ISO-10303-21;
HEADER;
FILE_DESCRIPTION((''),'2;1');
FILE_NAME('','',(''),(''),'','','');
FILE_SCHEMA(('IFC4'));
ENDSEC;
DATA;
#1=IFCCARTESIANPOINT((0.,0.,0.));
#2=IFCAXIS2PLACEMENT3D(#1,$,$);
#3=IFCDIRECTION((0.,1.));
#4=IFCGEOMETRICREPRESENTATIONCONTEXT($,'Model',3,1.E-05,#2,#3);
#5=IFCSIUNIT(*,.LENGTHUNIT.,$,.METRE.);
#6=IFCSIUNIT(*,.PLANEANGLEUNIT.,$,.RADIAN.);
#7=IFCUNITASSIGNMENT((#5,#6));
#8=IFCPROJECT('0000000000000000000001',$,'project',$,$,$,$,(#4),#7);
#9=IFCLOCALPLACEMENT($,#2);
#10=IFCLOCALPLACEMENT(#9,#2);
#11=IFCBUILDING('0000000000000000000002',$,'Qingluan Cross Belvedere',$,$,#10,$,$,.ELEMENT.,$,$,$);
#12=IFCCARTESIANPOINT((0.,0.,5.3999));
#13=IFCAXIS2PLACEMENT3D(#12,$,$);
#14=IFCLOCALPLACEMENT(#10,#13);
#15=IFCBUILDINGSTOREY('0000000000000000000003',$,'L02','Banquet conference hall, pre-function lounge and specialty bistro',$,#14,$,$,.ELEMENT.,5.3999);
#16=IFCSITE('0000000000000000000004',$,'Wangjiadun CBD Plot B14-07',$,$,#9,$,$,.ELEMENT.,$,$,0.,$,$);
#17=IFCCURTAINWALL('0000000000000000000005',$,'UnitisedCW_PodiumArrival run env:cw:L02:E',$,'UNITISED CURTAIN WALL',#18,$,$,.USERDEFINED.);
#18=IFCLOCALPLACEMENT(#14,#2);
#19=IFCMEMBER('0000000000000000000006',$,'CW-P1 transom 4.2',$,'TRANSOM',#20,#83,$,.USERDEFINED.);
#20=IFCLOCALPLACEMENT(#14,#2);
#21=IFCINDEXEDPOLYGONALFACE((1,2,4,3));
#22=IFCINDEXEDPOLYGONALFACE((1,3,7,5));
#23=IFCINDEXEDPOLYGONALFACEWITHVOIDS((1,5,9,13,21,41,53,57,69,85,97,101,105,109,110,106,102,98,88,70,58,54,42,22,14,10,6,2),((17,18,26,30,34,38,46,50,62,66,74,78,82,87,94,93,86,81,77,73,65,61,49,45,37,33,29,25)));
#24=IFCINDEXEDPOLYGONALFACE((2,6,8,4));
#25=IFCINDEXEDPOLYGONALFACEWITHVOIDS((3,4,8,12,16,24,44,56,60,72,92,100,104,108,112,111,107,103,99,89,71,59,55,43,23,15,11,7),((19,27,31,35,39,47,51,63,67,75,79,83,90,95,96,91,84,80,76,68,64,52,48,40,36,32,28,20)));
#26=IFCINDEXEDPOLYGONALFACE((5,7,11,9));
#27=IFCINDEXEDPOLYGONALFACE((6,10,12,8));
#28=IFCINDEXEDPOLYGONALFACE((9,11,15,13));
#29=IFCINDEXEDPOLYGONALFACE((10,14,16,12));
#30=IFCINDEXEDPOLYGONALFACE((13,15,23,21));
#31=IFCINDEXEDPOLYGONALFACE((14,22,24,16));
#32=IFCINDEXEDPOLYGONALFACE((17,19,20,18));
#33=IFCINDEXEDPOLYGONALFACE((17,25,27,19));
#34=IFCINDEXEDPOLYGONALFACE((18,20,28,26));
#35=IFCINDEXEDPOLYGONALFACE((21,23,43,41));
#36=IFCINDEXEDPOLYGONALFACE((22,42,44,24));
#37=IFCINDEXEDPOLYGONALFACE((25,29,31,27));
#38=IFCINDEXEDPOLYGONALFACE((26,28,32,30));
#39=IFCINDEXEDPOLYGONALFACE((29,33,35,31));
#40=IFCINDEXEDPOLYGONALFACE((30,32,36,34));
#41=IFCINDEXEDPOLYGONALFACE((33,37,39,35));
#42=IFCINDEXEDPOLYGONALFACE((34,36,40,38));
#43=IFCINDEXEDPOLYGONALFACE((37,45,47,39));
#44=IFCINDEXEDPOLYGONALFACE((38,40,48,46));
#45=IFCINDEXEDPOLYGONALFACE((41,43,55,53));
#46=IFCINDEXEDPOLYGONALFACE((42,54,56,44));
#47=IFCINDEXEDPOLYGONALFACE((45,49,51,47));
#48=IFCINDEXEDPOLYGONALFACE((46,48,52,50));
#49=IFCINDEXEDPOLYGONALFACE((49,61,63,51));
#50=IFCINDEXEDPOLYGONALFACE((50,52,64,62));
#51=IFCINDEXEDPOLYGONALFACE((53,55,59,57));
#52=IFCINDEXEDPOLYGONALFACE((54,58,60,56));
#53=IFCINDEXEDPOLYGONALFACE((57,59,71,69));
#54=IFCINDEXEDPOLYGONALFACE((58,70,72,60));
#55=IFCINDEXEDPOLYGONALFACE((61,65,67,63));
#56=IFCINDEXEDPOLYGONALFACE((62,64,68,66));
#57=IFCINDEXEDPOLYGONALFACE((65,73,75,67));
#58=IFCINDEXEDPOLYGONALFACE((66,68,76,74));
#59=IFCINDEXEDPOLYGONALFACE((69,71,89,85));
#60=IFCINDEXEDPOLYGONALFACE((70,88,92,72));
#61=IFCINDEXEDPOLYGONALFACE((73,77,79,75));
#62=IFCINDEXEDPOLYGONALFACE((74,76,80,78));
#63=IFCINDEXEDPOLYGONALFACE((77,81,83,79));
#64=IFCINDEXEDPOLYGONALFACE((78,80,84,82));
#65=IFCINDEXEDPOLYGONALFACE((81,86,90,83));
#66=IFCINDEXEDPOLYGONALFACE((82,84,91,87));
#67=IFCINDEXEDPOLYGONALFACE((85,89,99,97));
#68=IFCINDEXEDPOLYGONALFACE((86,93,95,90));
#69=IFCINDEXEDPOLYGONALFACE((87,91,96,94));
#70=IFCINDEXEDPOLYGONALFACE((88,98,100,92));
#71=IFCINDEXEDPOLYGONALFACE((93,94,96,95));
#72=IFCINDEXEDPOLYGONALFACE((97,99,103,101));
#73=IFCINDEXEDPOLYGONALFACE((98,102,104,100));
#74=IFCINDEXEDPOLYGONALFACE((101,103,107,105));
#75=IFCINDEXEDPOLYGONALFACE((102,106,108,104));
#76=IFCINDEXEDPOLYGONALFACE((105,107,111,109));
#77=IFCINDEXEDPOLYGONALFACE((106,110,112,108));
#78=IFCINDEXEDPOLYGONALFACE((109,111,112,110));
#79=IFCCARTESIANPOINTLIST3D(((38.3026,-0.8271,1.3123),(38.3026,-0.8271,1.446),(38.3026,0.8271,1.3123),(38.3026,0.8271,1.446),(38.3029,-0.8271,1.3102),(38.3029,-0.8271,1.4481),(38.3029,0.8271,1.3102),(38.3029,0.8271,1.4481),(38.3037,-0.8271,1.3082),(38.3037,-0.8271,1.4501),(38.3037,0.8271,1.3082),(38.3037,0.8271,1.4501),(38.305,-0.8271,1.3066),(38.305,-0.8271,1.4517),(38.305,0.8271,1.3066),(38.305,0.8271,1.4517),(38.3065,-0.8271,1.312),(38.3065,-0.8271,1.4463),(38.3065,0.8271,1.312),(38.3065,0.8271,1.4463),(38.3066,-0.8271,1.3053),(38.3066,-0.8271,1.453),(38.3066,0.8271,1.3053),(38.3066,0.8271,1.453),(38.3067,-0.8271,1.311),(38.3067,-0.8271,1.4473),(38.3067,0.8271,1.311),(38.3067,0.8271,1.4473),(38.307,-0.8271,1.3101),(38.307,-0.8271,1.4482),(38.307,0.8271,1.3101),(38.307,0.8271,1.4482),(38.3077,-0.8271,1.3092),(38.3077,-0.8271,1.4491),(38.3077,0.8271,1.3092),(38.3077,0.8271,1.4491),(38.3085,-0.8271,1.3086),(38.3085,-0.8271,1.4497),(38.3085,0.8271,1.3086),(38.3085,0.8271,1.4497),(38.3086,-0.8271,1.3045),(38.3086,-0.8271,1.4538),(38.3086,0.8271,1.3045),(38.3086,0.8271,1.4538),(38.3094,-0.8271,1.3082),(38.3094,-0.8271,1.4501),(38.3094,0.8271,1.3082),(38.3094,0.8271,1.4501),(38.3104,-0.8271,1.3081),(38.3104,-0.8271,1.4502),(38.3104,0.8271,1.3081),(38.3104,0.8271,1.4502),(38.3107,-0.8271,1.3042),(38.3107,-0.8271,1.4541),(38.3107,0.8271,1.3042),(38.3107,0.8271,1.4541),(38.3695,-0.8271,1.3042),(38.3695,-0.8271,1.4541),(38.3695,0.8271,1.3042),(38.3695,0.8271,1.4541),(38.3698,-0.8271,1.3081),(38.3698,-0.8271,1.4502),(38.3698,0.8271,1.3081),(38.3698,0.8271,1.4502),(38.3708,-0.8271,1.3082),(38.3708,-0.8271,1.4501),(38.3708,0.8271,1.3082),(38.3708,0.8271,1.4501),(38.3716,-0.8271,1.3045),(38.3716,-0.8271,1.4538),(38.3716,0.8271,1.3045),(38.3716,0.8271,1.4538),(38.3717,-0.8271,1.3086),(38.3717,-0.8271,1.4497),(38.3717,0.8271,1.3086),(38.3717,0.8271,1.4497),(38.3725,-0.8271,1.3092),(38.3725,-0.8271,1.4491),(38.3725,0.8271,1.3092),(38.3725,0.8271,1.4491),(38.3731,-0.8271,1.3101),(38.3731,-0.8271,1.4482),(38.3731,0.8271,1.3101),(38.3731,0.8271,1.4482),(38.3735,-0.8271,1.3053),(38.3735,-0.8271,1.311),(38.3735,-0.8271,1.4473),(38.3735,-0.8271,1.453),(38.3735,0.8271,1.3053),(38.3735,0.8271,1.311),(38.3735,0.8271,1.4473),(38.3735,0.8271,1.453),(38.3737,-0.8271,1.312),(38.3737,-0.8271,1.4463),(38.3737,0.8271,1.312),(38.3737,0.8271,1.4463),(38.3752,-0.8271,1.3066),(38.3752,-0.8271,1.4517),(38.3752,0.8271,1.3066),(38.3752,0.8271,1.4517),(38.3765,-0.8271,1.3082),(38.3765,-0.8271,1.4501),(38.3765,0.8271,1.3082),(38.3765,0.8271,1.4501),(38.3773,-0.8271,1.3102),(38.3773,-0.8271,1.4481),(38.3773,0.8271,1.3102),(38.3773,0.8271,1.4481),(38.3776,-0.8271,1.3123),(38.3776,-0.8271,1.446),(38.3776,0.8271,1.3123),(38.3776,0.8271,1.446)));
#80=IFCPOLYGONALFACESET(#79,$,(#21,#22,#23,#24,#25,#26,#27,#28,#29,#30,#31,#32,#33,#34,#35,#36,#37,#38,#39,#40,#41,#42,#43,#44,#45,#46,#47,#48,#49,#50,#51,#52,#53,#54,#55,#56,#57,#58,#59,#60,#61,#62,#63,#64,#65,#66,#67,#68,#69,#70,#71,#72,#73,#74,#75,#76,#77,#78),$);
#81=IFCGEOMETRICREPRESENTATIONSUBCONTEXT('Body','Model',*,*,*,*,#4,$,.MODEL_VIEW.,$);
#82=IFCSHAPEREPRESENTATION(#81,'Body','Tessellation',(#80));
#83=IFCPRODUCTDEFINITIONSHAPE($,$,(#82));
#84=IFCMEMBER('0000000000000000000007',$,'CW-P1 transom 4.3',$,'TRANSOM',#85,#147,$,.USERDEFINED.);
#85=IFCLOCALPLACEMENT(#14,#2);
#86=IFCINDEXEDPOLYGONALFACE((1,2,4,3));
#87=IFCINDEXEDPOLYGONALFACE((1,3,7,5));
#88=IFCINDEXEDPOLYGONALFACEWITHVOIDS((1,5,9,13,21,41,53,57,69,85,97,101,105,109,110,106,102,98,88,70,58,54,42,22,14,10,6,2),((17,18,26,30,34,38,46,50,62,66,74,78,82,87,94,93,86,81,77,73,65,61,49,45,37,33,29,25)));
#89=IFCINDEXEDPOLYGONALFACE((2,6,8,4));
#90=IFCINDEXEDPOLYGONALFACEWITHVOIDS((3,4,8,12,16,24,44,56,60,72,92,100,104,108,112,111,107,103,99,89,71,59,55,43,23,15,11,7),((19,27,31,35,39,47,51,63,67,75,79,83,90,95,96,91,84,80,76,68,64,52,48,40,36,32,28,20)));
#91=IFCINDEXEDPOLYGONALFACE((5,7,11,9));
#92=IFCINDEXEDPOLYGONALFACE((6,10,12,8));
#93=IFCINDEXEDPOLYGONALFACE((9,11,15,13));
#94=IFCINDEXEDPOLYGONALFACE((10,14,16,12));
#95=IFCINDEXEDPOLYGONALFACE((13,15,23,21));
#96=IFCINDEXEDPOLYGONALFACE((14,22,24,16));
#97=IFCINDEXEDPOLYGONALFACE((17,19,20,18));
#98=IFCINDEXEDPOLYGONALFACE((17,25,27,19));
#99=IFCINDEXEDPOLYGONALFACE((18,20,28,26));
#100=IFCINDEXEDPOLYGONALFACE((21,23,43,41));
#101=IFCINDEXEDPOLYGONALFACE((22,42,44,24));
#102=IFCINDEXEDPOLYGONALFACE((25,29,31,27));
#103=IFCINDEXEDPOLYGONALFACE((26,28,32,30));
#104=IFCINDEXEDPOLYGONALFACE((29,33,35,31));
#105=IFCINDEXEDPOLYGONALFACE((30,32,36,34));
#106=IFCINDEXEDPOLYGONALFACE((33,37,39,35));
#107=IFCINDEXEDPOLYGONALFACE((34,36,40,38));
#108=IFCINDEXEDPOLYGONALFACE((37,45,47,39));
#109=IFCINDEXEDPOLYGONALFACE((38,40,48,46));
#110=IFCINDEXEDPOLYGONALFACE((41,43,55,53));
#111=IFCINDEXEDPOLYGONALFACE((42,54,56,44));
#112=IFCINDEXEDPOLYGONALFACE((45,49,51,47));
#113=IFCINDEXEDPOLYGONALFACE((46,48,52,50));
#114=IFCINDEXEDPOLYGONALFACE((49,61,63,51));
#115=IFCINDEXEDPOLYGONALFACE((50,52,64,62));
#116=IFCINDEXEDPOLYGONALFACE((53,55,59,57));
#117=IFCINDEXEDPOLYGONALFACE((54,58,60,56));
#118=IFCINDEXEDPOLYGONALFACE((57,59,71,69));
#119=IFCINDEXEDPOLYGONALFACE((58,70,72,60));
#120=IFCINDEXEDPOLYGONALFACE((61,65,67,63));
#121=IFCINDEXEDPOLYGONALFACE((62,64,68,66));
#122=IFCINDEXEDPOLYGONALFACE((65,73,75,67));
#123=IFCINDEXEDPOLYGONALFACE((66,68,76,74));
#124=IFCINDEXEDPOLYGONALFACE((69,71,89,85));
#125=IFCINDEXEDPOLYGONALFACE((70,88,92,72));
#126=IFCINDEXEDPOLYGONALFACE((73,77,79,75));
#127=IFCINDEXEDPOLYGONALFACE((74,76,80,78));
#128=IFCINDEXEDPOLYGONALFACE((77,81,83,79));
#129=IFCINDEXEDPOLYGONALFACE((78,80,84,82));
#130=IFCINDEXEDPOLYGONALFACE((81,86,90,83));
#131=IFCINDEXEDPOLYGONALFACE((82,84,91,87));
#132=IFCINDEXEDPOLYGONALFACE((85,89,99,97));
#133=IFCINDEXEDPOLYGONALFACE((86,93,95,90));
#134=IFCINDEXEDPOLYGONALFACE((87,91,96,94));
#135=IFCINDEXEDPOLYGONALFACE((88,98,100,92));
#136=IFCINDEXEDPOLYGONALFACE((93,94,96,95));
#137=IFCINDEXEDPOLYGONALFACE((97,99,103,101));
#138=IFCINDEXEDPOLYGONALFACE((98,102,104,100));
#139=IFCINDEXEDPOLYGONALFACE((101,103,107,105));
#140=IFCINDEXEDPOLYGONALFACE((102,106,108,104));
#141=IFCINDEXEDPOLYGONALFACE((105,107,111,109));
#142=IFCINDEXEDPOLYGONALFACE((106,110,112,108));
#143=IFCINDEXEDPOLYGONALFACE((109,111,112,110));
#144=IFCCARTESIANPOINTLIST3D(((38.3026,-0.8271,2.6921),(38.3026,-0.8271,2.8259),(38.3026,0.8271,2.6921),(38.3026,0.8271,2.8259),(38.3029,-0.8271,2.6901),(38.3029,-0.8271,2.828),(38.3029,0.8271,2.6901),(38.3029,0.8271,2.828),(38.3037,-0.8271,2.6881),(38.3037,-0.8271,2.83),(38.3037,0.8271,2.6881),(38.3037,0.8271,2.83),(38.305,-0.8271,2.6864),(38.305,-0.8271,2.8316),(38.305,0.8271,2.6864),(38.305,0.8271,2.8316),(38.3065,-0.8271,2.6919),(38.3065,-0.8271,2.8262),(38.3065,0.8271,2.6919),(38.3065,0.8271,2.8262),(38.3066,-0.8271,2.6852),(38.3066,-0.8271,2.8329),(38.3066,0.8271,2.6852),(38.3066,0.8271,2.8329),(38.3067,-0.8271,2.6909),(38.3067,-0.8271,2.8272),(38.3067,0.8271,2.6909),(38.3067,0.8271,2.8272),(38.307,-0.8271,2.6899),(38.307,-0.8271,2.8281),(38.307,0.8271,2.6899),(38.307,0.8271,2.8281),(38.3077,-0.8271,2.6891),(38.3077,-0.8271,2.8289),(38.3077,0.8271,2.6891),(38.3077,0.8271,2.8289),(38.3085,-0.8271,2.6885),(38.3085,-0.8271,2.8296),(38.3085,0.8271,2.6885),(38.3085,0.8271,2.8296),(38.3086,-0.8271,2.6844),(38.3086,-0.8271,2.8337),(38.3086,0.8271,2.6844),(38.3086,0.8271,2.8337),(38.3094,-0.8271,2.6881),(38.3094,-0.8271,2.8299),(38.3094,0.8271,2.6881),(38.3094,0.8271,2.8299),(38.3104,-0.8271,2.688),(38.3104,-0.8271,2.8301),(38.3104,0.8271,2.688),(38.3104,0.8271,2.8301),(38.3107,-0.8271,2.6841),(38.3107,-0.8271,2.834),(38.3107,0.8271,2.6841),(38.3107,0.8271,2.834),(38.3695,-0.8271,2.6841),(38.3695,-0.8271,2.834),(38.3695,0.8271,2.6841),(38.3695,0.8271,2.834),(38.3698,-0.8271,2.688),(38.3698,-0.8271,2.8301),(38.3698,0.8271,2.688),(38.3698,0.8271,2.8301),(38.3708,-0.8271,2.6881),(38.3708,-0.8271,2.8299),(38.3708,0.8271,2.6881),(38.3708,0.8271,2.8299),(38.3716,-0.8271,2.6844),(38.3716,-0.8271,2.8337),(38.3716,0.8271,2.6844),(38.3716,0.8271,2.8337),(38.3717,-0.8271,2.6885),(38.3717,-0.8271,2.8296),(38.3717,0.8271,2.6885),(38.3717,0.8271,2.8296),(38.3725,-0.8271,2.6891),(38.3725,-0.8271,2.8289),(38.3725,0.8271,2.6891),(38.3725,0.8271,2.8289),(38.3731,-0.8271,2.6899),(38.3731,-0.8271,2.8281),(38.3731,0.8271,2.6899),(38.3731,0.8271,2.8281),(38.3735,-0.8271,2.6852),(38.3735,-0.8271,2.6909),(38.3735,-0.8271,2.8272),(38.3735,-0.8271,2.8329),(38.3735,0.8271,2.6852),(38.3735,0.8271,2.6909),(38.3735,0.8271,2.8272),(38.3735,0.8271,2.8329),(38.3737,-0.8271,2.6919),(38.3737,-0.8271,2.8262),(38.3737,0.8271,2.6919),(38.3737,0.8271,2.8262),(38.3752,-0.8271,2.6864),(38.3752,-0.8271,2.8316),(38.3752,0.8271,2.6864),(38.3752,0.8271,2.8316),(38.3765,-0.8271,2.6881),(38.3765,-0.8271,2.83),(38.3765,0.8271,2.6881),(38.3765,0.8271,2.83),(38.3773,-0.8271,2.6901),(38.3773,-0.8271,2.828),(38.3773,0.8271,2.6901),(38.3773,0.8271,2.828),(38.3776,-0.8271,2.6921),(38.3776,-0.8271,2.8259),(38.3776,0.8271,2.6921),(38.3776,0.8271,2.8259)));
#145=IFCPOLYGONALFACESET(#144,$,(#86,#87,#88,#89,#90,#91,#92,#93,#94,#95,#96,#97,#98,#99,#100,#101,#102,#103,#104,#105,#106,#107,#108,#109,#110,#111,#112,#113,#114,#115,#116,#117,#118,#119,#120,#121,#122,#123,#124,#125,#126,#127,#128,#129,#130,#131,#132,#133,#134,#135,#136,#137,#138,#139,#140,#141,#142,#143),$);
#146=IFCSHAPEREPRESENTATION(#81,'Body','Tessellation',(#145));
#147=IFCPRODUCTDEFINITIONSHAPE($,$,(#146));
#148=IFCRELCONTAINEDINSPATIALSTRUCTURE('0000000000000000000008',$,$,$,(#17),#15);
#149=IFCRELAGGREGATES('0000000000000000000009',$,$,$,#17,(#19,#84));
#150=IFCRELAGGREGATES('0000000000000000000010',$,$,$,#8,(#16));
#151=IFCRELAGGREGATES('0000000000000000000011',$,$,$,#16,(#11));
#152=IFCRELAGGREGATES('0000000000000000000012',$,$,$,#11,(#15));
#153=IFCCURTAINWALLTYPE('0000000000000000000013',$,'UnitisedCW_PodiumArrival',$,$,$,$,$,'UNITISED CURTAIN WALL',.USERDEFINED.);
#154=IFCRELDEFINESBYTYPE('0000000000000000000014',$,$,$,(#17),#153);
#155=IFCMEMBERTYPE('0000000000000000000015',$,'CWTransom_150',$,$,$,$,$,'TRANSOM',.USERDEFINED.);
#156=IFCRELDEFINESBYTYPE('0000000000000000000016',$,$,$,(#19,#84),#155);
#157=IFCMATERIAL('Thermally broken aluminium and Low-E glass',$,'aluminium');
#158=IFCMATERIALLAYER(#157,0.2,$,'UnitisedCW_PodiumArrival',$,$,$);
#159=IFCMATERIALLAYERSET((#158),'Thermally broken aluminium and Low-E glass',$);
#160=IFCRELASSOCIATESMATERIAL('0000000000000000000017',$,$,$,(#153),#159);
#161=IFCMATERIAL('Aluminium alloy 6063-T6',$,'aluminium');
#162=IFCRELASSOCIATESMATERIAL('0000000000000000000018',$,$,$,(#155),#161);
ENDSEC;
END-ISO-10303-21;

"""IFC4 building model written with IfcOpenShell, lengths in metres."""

from ifc_helpers import new_model, si_unit, direction, frame, origin, origin_2d, place, context, subcontext, project, spatial, hollow_rectangle, extrude, material, layer, layer_set, material_profile, profile_set, type_object, element, aggregate, save


model = new_model("IFC4")

# Units and contexts
model_context = context("Model", 3, precision=1e-05, world=origin(), true_north=direction((0.0, 1.0)))
body_context = subcontext(model_context, "Body", "Model", "MODEL_VIEW")
ifc_project = project(units=[si_unit("LENGTHUNIT", "METRE"), si_unit("PLANEANGLEUNIT", "RADIAN")], contexts=[model_context])

# Site, building, storey
site_placement = place(None, origin())
site = spatial("IfcSite", under=ifc_project, at=site_placement, Name="Wangjiadun CBD Plot B14-07", CompositionType="ELEMENT", RefElevation=0.0)
building_placement = place(site_placement, origin())
building = spatial("IfcBuilding", under=site, at=building_placement, Name="Qingluan Cross Belvedere", CompositionType="ELEMENT")
storey_placement = place(building_placement, frame((0.0, 0.0, 5.3999)))
storey = spatial("IfcBuildingStorey", under=building, at=storey_placement, Name="L02", Description="Banquet conference hall, pre-function lounge and specialty bistro", CompositionType="ELEMENT", Elevation=5.3999)

# Curtain wall, members
ifc_material_1 = material(Name="Thermally broken aluminium and Low-E glass", Category="aluminium")
ifc_layer_1 = layer(ifc_material_1, 0.2, Name="UnitisedCW_PodiumArrival")
ifc_layer_set_1 = layer_set([ifc_layer_1], Name="Thermally broken aluminium and Low-E glass")
curtain_wall_type = type_object("IfcCurtainWallType", Name="UnitisedCW_PodiumArrival", ElementType="UNITISED CURTAIN WALL", PredefinedType="USERDEFINED", material=ifc_layer_set_1)
curtain_wall_placement = place(storey_placement, origin())
curtain_wall = element("IfcCurtainWall", 1, at=curtain_wall_placement, inside=storey, type_object=curtain_wall_type, Name="UnitisedCW_PodiumArrival run env:cw:L02:E", ObjectType="UNITISED CURTAIN WALL", PredefinedType="USERDEFINED")
ifc_material_2 = material(Name="Aluminium alloy 6063-T6", Category="aluminium")
ifc_material_profile_1 = material_profile(ifc_material_2, hollow_rectangle(XDim=0.075, YDim=0.1499, WallThickness=0.0039, InnerFilletRadius=0.0039, OuterFilletRadius=0.0081, at=origin_2d()), Name="CWT150x75x4")
ifc_profile_set_1 = profile_set([ifc_material_profile_1], Name="Aluminium alloy 6063-T6")
member_type_1 = type_object("IfcMemberType", Name="CWTransom_150", ElementType="TRANSOM", PredefinedType="USERDEFINED", material=ifc_profile_set_1)
member_1_placement = place(storey_placement, frame((38.3401, 0.8271, 1.3792), z_axis=(0.0, -1.0, 0.0), x_axis=(1.0, 0.0, 0.0)))
member_1 = element("IfcMember", 2, at=member_1_placement, type_object=member_type_1, Name="CW-P1 transom 4.2", ObjectType="TRANSOM", PredefinedType="USERDEFINED", context=body_context, shape_type="SweptSolid", body=[
    extrude(hollow_rectangle(XDim=0.075, YDim=0.1499, WallThickness=0.0039, InnerFilletRadius=0.0039, OuterFilletRadius=0.0081, at=origin_2d()), origin(), (0.0, 0.0, 1.0), 1.6543),
])
member_2_placement = place(storey_placement, frame((38.3401, 0.8271, 2.759), z_axis=(0.0, -1.0, 0.0), x_axis=(1.0, 0.0, 0.0)))
member_2 = element("IfcMember", 3, at=member_2_placement, type_object=member_type_1, Name="CW-P1 transom 4.3", ObjectType="TRANSOM", PredefinedType="USERDEFINED", context=body_context, shape_type="SweptSolid", body=[
    extrude(hollow_rectangle(XDim=0.075, YDim=0.1499, WallThickness=0.0039, InnerFilletRadius=0.0039, OuterFilletRadius=0.0081, at=origin_2d()), origin(), (0.0, 0.0, 1.0), 1.6543),
])
aggregate(curtain_wall, [member_1, member_2])

save(model, "model.ifc")
